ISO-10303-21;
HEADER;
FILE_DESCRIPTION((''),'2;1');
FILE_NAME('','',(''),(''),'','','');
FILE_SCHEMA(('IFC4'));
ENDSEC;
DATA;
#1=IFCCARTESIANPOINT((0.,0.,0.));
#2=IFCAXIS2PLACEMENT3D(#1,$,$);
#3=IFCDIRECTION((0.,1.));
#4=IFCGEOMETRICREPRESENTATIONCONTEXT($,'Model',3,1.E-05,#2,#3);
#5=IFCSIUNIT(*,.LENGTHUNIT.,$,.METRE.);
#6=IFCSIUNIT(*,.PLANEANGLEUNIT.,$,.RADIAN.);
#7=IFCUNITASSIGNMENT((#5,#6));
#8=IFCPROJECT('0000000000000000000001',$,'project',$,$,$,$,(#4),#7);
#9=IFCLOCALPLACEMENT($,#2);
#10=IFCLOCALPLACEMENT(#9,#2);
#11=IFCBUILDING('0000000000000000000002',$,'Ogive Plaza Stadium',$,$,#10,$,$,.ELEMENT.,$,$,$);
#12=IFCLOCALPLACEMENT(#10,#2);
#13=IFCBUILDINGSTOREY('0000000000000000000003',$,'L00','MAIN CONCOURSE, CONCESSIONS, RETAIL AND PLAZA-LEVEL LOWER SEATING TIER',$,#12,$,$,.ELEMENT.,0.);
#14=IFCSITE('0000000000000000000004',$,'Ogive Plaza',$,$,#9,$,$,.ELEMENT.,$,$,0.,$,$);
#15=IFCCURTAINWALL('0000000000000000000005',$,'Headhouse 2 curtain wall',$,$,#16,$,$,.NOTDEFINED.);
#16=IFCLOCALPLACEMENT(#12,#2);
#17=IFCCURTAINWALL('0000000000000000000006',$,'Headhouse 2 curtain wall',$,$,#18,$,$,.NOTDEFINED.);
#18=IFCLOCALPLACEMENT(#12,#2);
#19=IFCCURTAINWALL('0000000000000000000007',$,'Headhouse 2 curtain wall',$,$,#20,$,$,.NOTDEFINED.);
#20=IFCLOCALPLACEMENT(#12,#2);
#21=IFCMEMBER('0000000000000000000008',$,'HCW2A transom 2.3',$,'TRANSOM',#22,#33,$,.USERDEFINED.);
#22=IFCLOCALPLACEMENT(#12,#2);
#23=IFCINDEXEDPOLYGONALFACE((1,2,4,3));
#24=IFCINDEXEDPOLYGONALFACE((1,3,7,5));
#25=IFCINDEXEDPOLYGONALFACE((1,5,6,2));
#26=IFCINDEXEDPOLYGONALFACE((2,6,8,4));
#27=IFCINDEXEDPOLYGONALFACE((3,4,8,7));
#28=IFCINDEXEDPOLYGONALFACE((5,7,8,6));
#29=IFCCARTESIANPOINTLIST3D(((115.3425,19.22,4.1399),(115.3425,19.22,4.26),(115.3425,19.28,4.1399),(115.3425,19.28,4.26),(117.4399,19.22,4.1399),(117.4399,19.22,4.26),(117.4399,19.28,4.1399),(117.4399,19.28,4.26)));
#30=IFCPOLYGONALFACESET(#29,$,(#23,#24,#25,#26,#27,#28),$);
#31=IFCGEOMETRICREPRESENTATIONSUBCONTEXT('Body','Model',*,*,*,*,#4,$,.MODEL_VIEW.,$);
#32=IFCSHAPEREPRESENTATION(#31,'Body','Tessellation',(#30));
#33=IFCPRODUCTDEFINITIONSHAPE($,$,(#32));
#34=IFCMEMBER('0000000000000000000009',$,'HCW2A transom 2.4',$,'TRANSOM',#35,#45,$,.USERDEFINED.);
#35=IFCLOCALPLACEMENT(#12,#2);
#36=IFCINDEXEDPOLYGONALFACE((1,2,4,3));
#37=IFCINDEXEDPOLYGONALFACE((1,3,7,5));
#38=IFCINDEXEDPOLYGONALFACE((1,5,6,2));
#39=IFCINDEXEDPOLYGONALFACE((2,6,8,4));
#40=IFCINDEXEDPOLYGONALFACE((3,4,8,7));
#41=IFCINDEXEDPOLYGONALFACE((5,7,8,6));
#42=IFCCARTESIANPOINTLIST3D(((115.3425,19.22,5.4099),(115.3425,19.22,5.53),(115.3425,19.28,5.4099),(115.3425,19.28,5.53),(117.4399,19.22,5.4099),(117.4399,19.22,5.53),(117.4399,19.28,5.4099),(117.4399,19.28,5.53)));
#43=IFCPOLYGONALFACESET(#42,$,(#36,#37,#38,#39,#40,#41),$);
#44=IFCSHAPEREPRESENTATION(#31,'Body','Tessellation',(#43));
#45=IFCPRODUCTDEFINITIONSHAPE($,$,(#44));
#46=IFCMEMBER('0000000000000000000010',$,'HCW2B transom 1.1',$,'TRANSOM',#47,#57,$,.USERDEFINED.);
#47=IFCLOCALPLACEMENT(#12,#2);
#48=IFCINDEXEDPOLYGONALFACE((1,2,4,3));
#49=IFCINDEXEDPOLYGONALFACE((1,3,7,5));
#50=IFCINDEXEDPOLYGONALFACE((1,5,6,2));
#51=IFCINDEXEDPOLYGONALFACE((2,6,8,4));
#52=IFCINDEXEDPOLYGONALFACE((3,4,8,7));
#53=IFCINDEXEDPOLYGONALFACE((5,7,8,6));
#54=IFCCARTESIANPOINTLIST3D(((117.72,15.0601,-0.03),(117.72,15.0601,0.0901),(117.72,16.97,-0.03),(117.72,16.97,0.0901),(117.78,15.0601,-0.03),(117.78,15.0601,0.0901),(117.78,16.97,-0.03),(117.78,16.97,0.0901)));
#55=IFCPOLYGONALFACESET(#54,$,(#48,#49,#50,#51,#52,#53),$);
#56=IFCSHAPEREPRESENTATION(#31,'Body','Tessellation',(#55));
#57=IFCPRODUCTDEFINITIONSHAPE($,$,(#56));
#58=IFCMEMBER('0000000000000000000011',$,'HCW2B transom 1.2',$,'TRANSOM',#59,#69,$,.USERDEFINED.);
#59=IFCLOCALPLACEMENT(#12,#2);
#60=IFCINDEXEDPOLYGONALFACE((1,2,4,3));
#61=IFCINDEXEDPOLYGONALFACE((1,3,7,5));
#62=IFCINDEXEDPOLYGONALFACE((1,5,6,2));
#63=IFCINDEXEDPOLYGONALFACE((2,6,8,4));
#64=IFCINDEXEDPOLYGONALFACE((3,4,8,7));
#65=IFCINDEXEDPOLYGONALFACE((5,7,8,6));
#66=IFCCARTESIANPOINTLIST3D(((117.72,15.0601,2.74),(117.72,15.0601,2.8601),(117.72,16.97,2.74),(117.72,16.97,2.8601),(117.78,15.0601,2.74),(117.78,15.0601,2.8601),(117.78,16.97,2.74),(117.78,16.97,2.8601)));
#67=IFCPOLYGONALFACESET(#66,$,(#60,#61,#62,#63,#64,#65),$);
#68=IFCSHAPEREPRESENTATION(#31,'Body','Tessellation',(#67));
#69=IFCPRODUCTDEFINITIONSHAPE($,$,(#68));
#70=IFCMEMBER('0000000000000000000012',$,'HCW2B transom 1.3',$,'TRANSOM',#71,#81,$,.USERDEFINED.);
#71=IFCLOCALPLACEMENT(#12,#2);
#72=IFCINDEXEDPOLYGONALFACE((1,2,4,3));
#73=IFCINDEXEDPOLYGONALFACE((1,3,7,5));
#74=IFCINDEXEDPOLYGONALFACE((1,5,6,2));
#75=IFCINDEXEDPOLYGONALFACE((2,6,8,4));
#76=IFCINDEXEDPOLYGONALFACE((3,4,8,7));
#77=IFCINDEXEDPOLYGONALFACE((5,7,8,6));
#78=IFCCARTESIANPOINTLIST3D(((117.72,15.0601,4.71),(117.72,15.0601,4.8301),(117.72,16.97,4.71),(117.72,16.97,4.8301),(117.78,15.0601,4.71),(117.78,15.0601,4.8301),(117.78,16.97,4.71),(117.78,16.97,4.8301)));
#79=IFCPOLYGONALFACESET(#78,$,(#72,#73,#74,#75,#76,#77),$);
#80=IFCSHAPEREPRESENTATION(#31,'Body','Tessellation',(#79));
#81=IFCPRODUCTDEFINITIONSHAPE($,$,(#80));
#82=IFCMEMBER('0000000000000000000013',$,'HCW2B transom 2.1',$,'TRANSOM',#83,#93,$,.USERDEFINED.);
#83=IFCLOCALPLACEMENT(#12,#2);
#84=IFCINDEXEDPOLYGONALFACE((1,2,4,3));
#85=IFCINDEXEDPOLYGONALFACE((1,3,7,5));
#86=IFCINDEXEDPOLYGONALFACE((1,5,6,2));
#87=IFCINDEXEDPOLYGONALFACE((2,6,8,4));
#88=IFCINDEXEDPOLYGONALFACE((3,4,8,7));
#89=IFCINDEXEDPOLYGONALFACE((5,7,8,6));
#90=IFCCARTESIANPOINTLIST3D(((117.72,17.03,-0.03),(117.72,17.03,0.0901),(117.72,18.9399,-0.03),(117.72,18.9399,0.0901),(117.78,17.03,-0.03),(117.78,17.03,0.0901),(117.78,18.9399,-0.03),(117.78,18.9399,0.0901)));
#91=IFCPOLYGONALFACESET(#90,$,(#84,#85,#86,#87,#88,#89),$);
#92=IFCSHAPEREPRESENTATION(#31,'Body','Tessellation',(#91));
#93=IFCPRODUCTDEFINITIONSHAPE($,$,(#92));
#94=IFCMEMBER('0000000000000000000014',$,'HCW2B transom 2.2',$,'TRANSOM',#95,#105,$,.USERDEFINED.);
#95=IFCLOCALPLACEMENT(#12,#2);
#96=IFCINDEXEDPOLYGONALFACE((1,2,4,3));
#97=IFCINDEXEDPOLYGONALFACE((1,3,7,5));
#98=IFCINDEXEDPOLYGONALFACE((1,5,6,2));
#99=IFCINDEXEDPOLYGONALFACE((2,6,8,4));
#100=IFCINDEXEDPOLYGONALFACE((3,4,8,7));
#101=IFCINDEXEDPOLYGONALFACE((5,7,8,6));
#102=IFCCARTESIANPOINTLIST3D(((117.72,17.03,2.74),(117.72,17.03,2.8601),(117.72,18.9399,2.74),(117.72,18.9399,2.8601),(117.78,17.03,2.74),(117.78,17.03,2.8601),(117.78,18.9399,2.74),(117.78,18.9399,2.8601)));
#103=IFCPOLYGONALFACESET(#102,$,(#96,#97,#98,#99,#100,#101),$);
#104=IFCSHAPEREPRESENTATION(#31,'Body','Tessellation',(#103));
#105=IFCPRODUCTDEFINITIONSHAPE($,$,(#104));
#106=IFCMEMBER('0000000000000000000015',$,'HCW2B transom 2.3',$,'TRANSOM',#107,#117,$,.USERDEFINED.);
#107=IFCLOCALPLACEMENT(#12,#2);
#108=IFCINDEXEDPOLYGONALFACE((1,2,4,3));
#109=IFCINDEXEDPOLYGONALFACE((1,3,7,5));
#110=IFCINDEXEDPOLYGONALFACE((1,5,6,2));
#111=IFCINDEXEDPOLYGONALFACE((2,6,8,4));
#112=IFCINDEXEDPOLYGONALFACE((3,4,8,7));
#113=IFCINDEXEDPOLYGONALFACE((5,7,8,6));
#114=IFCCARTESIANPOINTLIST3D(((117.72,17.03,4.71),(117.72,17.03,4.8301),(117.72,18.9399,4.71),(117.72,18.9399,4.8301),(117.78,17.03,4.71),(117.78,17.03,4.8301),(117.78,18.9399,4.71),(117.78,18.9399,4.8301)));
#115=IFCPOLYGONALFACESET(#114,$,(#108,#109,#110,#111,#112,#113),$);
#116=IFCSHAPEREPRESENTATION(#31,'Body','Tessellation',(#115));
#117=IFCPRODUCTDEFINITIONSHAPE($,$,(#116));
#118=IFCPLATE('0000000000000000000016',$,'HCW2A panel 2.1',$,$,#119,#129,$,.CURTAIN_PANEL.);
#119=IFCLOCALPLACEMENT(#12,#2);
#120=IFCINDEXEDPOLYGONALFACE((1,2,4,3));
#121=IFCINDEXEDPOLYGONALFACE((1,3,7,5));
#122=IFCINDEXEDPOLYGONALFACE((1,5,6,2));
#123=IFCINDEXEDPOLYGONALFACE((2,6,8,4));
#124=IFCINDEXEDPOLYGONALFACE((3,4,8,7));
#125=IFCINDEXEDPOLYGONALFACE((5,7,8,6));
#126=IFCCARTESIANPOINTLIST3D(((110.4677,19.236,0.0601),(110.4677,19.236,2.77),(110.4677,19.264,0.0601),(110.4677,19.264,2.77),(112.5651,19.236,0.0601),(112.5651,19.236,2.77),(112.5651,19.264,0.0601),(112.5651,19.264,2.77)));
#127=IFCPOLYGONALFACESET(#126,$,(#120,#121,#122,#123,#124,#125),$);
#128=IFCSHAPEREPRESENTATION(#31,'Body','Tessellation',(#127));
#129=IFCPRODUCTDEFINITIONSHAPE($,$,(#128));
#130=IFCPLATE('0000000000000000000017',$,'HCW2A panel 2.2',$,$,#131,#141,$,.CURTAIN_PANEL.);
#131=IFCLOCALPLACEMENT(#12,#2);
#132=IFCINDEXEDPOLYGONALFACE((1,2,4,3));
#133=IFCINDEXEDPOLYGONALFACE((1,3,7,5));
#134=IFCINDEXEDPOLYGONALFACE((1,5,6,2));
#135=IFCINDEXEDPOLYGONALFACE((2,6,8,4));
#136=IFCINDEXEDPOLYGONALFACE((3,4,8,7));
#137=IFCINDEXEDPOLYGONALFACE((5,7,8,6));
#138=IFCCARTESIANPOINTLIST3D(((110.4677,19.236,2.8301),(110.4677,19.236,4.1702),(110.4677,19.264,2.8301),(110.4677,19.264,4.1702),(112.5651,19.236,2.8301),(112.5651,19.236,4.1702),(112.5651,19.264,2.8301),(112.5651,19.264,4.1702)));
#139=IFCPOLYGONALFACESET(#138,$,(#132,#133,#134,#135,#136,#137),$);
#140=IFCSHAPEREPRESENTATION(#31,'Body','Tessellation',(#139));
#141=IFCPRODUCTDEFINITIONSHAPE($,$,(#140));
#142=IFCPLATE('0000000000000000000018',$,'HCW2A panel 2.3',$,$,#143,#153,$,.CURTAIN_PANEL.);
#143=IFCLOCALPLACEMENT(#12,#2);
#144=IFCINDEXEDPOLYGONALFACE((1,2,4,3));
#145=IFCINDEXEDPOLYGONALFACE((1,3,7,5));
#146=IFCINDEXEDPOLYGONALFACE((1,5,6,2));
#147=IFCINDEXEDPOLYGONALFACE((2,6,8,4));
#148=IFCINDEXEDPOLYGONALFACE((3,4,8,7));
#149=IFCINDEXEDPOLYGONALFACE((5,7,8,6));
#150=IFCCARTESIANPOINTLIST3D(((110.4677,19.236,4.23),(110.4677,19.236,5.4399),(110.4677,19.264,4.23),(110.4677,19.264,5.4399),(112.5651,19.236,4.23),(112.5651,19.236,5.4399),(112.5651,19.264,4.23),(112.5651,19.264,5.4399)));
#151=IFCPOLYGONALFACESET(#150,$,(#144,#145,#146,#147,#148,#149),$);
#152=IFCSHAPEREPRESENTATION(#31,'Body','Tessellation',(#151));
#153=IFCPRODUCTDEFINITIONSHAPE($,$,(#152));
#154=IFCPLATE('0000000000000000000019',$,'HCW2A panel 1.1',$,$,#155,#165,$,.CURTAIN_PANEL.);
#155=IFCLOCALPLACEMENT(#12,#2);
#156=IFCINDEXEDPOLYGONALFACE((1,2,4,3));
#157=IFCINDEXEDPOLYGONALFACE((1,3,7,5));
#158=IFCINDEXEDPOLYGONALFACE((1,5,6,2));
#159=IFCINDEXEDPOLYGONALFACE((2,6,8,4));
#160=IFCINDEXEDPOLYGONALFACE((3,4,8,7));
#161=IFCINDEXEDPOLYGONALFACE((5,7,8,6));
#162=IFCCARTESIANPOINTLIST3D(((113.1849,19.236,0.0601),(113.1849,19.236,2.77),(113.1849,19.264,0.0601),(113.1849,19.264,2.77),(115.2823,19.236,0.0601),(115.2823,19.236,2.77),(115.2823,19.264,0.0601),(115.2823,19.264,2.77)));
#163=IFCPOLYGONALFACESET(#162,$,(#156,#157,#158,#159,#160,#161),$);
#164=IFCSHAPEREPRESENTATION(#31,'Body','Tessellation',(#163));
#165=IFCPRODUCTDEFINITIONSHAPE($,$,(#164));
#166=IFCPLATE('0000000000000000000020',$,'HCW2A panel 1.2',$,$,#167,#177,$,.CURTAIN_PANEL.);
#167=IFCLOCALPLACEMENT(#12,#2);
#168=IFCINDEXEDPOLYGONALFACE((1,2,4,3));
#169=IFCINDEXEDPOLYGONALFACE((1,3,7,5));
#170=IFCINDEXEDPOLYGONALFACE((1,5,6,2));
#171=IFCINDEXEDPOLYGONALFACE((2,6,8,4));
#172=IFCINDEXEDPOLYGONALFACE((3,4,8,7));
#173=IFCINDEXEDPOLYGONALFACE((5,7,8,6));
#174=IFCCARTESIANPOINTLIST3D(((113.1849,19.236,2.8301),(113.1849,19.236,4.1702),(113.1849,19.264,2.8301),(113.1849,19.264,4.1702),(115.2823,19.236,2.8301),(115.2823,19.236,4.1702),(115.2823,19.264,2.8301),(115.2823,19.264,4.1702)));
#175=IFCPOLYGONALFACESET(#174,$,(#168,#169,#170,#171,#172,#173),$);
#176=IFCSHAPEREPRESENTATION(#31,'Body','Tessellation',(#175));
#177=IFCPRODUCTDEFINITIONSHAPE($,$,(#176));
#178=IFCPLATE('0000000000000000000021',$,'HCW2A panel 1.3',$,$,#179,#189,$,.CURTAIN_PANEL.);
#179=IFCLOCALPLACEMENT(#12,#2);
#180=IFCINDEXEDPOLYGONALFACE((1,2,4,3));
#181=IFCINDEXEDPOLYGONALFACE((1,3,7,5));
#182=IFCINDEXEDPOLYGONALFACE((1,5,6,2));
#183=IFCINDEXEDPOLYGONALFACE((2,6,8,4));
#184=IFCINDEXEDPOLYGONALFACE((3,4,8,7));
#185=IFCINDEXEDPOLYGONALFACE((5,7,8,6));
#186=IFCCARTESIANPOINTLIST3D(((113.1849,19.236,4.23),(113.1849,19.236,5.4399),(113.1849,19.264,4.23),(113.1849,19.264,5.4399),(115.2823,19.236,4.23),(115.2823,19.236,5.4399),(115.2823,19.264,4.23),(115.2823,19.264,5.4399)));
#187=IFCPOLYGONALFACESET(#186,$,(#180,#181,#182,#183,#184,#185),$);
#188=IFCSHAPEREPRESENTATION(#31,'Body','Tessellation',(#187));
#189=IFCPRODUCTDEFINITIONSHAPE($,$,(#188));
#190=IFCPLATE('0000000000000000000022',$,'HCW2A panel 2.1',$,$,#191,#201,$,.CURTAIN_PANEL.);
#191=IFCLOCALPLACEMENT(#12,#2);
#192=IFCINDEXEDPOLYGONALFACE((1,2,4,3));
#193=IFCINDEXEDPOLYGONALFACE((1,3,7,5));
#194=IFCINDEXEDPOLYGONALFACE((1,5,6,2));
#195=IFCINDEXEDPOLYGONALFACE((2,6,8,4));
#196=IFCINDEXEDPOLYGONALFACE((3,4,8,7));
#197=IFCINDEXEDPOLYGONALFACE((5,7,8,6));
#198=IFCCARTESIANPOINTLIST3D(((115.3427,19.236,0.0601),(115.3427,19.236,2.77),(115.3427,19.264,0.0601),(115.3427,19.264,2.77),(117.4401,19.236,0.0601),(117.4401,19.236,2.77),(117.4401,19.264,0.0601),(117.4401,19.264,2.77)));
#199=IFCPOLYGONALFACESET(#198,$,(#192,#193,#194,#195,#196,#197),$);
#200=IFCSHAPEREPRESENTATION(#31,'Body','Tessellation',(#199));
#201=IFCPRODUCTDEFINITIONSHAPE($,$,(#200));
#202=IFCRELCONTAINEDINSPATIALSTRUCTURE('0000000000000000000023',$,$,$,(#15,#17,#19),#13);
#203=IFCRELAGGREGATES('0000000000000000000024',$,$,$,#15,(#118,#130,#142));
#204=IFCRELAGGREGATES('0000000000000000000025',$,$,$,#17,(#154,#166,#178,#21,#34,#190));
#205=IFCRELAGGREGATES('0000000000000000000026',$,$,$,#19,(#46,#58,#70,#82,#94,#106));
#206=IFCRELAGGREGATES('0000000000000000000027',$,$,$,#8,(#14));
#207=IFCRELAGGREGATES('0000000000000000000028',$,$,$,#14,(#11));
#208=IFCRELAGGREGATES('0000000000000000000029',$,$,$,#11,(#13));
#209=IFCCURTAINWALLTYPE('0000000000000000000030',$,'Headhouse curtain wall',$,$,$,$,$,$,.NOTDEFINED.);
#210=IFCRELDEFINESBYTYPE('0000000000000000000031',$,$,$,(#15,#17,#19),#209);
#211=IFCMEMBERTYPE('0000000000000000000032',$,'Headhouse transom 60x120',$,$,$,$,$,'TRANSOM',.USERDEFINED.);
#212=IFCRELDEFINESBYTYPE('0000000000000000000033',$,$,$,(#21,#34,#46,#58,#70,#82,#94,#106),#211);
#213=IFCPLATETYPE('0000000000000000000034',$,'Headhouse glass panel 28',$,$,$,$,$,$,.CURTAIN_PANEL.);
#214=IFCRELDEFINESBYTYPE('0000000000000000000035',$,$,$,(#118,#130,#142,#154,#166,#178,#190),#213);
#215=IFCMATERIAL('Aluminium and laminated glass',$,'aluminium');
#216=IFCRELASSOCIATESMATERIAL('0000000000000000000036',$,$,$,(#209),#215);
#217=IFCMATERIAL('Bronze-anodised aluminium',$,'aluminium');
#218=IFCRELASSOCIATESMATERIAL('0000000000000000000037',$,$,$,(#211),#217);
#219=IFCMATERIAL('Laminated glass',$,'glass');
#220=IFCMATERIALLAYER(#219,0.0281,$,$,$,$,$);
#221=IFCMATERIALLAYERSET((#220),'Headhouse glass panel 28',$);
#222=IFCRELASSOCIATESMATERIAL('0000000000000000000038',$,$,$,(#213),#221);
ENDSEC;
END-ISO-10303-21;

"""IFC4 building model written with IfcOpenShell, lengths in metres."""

from ifc_helpers import new_model, si_unit, direction, frame, origin, origin_2d, place, context, subcontext, project, spatial, rectangle, extrude, material, layer, layer_set, material_profile, profile_set, type_object, element, aggregate, save


model = new_model("IFC4")

# Units and contexts
model_context = context("Model", 3, precision=1e-05, world=origin(), true_north=direction((0.0, 1.0)))
body_context = subcontext(model_context, "Body", "Model", "MODEL_VIEW")
ifc_project = project(units=[si_unit("LENGTHUNIT", "METRE"), si_unit("PLANEANGLEUNIT", "RADIAN")], contexts=[model_context])

# Site, building, storey
site_placement = place(None, origin())
site = spatial("IfcSite", under=ifc_project, at=site_placement, Name="Ogive Plaza", CompositionType="ELEMENT", RefElevation=0.0)
building_placement = place(site_placement, origin())
building = spatial("IfcBuilding", under=site, at=building_placement, Name="Ogive Plaza Stadium", CompositionType="ELEMENT")
storey_placement = place(building_placement, origin())
storey = spatial("IfcBuildingStorey", under=building, at=storey_placement, Name="L00", Description="MAIN CONCOURSE, CONCESSIONS, RETAIL AND PLAZA-LEVEL LOWER SEATING TIER", CompositionType="ELEMENT", Elevation=0.0)

# Curtain wall
ifc_material_1 = material(Name="Aluminium and laminated glass", Category="aluminium")
curtain_wall_type = type_object("IfcCurtainWallType", Name="Headhouse curtain wall", PredefinedType="NOTDEFINED", material=ifc_material_1)
curtain_wall_1_placement = place(storey_placement, origin())
curtain_wall_1 = element("IfcCurtainWall", 1, at=curtain_wall_1_placement, inside=storey, type_object=curtain_wall_type, Name="Headhouse 2 curtain wall", PredefinedType="NOTDEFINED")

# Curtain walls
curtain_wall_2_placement = place(storey_placement, origin())
curtain_wall_2 = element("IfcCurtainWall", 2, at=curtain_wall_2_placement, inside=storey, type_object=curtain_wall_type, Name="Headhouse 2 curtain wall", PredefinedType="NOTDEFINED")
curtain_wall_3_placement = place(storey_placement, origin())
curtain_wall_3 = element("IfcCurtainWall", 3, at=curtain_wall_3_placement, inside=storey, type_object=curtain_wall_type, Name="Headhouse 2 curtain wall", PredefinedType="NOTDEFINED")

# Members
ifc_material_2 = material(Name="Bronze-anodised aluminium", Category="aluminium")
ifc_material_profile_1 = material_profile(ifc_material_2, rectangle(XDim=0.0601, YDim=0.1201, at=origin_2d()), Name="Headhouse transom 60x120")
ifc_profile_set_1 = profile_set([ifc_material_profile_1], Name="Bronze-anodised aluminium")
member_type_1 = type_object("IfcMemberType", Name="Headhouse transom 60x120", ElementType="TRANSOM", PredefinedType="USERDEFINED", material=ifc_profile_set_1)
member_1_placement = place(storey_placement, frame((115.3425, 19.25, 4.2), z_axis=(1.0, 0.0, 0.0), x_axis=(0.0, 1.0, 0.0)))
member_1 = element("IfcMember", 4, at=member_1_placement, type_object=member_type_1, Name="HCW2A transom 2.3", ObjectType="TRANSOM", PredefinedType="USERDEFINED", context=body_context, shape_type="SweptSolid", body=[
    extrude(rectangle(XDim=0.0601, YDim=0.1201, at=origin_2d()), origin(), (0.0, 0.0, 1.0), 2.0974),
])
member_2_placement = place(storey_placement, frame((115.3425, 19.25, 5.47), z_axis=(1.0, 0.0, 0.0), x_axis=(0.0, 1.0, 0.0)))
member_2 = element("IfcMember", 5, at=member_2_placement, type_object=member_type_1, Name="HCW2A transom 2.4", ObjectType="TRANSOM", PredefinedType="USERDEFINED", context=body_context, shape_type="SweptSolid", body=[
    extrude(rectangle(XDim=0.0601, YDim=0.1201, at=origin_2d()), origin(), (0.0, 0.0, 1.0), 2.0974),
])
member_3_placement = place(storey_placement, frame((117.75, 15.0601, 0.03), z_axis=(0.0, 1.0, 0.0), x_axis=(-1.0, 0.0, 0.0)))
member_3 = element("IfcMember", 6, at=member_3_placement, type_object=member_type_1, Name="HCW2B transom 1.1", ObjectType="TRANSOM", PredefinedType="USERDEFINED", context=body_context, shape_type="SweptSolid", body=[
    extrude(rectangle(XDim=0.0601, YDim=0.1201, at=origin_2d()), origin(), (0.0, 0.0, 1.0), 1.9099),
])
member_4_placement = place(storey_placement, frame((117.75, 15.0601, 2.8), z_axis=(0.0, 1.0, 0.0), x_axis=(-1.0, 0.0, 0.0)))
member_4 = element("IfcMember", 7, at=member_4_placement, type_object=member_type_1, Name="HCW2B transom 1.2", ObjectType="TRANSOM", PredefinedType="USERDEFINED", context=body_context, shape_type="SweptSolid", body=[
    extrude(rectangle(XDim=0.0601, YDim=0.1201, at=origin_2d()), origin(), (0.0, 0.0, 1.0), 1.9099),
])
member_5_placement = place(storey_placement, frame((117.75, 15.0601, 4.77), z_axis=(0.0, 1.0, 0.0), x_axis=(-1.0, 0.0, 0.0)))
member_5 = element("IfcMember", 8, at=member_5_placement, type_object=member_type_1, Name="HCW2B transom 1.3", ObjectType="TRANSOM", PredefinedType="USERDEFINED", context=body_context, shape_type="SweptSolid", body=[
    extrude(rectangle(XDim=0.0601, YDim=0.1201, at=origin_2d()), origin(), (0.0, 0.0, 1.0), 1.9099),
])
member_6_placement = place(storey_placement, frame((117.75, 17.03, 0.03), z_axis=(0.0, 1.0, 0.0), x_axis=(-1.0, 0.0, 0.0)))
member_6 = element("IfcMember", 9, at=member_6_placement, type_object=member_type_1, Name="HCW2B transom 2.1", ObjectType="TRANSOM", PredefinedType="USERDEFINED", context=body_context, shape_type="SweptSolid", body=[
    extrude(rectangle(XDim=0.0601, YDim=0.1201, at=origin_2d()), origin(), (0.0, 0.0, 1.0), 1.9099),
])
member_7_placement = place(storey_placement, frame((117.75, 17.03, 2.8), z_axis=(0.0, 1.0, 0.0), x_axis=(-1.0, 0.0, 0.0)))
member_7 = element("IfcMember", 10, at=member_7_placement, type_object=member_type_1, Name="HCW2B transom 2.2", ObjectType="TRANSOM", PredefinedType="USERDEFINED", context=body_context, shape_type="SweptSolid", body=[
    extrude(rectangle(XDim=0.0601, YDim=0.1201, at=origin_2d()), origin(), (0.0, 0.0, 1.0), 1.9099),
])
member_8_placement = place(storey_placement, frame((117.75, 17.03, 4.77), z_axis=(0.0, 1.0, 0.0), x_axis=(-1.0, 0.0, 0.0)))
member_8 = element("IfcMember", 11, at=member_8_placement, type_object=member_type_1, Name="HCW2B transom 2.3", ObjectType="TRANSOM", PredefinedType="USERDEFINED", context=body_context, shape_type="SweptSolid", body=[
    extrude(rectangle(XDim=0.0601, YDim=0.1201, at=origin_2d()), origin(), (0.0, 0.0, 1.0), 1.9099),
])

# Plates
ifc_material_3 = material(Name="Laminated glass", Category="glass")
ifc_layer_1 = layer(ifc_material_3, 0.0281)
ifc_layer_set_1 = layer_set([ifc_layer_1], Name="Headhouse glass panel 28")
plate_type = type_object("IfcPlateType", Name="Headhouse glass panel 28", PredefinedType="CURTAIN_PANEL", material=ifc_layer_set_1)
plate_1_placement = place(storey_placement, frame((111.5164, 19.25, 0.0601), z_axis=(0.0, 0.0, 1.0), x_axis=(1.0, 0.0, 0.0)))
plate_1 = element("IfcPlate", 12, at=plate_1_placement, type_object=plate_type, Name="HCW2A panel 2.1", PredefinedType="CURTAIN_PANEL", context=body_context, shape_type="SweptSolid", body=[
    extrude(rectangle(XDim=2.0974, YDim=0.0281, at=origin_2d()), origin(), (0.0, 0.0, 1.0), 2.71),
])
plate_2_placement = place(storey_placement, frame((111.5164, 19.25, 2.8301), z_axis=(0.0, 0.0, 1.0), x_axis=(1.0, 0.0, 0.0)))
plate_2 = element("IfcPlate", 13, at=plate_2_placement, type_object=plate_type, Name="HCW2A panel 2.2", PredefinedType="CURTAIN_PANEL", context=body_context, shape_type="SweptSolid", body=[
    extrude(rectangle(XDim=2.0974, YDim=0.0281, at=origin_2d()), origin(), (0.0, 0.0, 1.0), 1.3401),
])
plate_3_placement = place(storey_placement, frame((111.5164, 19.25, 4.23), z_axis=(0.0, 0.0, 1.0), x_axis=(1.0, 0.0, 0.0)))
plate_3 = element("IfcPlate", 14, at=plate_3_placement, type_object=plate_type, Name="HCW2A panel 2.3", PredefinedType="CURTAIN_PANEL", context=body_context, shape_type="SweptSolid", body=[
    extrude(rectangle(XDim=2.0974, YDim=0.0281, at=origin_2d()), origin(), (0.0, 0.0, 1.0), 1.21),
])
aggregate(curtain_wall_1, [plate_1, plate_2, plate_3])
plate_4_placement = place(storey_placement, frame((114.2336, 19.25, 0.0601), z_axis=(0.0, 0.0, 1.0), x_axis=(1.0, 0.0, 0.0)))
plate_4 = element("IfcPlate", 15, at=plate_4_placement, type_object=plate_type, Name="HCW2A panel 1.1", PredefinedType="CURTAIN_PANEL", context=body_context, shape_type="SweptSolid", body=[
    extrude(rectangle(XDim=2.0974, YDim=0.0281, at=origin_2d()), origin(), (0.0, 0.0, 1.0), 2.71),
])
plate_5_placement = place(storey_placement, frame((114.2336, 19.25, 2.8301), z_axis=(0.0, 0.0, 1.0), x_axis=(1.0, 0.0, 0.0)))
plate_5 = element("IfcPlate", 16, at=plate_5_placement, type_object=plate_type, Name="HCW2A panel 1.2", PredefinedType="CURTAIN_PANEL", context=body_context, shape_type="SweptSolid", body=[
    extrude(rectangle(XDim=2.0974, YDim=0.0281, at=origin_2d()), origin(), (0.0, 0.0, 1.0), 1.3401),
])
plate_6_placement = place(storey_placement, frame((114.2336, 19.25, 4.23), z_axis=(0.0, 0.0, 1.0), x_axis=(1.0, 0.0, 0.0)))
plate_6 = element("IfcPlate", 17, at=plate_6_placement, type_object=plate_type, Name="HCW2A panel 1.3", PredefinedType="CURTAIN_PANEL", context=body_context, shape_type="SweptSolid", body=[
    extrude(rectangle(XDim=2.0974, YDim=0.0281, at=origin_2d()), origin(), (0.0, 0.0, 1.0), 1.21),
])
plate_7_placement = place(storey_placement, frame((116.3914, 19.25, 0.0601), z_axis=(0.0, 0.0, 1.0), x_axis=(1.0, 0.0, 0.0)))
plate_7 = element("IfcPlate", 18, at=plate_7_placement, type_object=plate_type, Name="HCW2A panel 2.1", PredefinedType="CURTAIN_PANEL", context=body_context, shape_type="SweptSolid", body=[
    extrude(rectangle(XDim=2.0974, YDim=0.0281, at=origin_2d()), origin(), (0.0, 0.0, 1.0), 2.71),
])
aggregate(curtain_wall_2, [plate_4, plate_5, plate_6, member_1, member_2, plate_7])
aggregate(curtain_wall_3, [member_3, member_4, member_5, member_6, member_7, member_8])

save(model, "model.ifc")
